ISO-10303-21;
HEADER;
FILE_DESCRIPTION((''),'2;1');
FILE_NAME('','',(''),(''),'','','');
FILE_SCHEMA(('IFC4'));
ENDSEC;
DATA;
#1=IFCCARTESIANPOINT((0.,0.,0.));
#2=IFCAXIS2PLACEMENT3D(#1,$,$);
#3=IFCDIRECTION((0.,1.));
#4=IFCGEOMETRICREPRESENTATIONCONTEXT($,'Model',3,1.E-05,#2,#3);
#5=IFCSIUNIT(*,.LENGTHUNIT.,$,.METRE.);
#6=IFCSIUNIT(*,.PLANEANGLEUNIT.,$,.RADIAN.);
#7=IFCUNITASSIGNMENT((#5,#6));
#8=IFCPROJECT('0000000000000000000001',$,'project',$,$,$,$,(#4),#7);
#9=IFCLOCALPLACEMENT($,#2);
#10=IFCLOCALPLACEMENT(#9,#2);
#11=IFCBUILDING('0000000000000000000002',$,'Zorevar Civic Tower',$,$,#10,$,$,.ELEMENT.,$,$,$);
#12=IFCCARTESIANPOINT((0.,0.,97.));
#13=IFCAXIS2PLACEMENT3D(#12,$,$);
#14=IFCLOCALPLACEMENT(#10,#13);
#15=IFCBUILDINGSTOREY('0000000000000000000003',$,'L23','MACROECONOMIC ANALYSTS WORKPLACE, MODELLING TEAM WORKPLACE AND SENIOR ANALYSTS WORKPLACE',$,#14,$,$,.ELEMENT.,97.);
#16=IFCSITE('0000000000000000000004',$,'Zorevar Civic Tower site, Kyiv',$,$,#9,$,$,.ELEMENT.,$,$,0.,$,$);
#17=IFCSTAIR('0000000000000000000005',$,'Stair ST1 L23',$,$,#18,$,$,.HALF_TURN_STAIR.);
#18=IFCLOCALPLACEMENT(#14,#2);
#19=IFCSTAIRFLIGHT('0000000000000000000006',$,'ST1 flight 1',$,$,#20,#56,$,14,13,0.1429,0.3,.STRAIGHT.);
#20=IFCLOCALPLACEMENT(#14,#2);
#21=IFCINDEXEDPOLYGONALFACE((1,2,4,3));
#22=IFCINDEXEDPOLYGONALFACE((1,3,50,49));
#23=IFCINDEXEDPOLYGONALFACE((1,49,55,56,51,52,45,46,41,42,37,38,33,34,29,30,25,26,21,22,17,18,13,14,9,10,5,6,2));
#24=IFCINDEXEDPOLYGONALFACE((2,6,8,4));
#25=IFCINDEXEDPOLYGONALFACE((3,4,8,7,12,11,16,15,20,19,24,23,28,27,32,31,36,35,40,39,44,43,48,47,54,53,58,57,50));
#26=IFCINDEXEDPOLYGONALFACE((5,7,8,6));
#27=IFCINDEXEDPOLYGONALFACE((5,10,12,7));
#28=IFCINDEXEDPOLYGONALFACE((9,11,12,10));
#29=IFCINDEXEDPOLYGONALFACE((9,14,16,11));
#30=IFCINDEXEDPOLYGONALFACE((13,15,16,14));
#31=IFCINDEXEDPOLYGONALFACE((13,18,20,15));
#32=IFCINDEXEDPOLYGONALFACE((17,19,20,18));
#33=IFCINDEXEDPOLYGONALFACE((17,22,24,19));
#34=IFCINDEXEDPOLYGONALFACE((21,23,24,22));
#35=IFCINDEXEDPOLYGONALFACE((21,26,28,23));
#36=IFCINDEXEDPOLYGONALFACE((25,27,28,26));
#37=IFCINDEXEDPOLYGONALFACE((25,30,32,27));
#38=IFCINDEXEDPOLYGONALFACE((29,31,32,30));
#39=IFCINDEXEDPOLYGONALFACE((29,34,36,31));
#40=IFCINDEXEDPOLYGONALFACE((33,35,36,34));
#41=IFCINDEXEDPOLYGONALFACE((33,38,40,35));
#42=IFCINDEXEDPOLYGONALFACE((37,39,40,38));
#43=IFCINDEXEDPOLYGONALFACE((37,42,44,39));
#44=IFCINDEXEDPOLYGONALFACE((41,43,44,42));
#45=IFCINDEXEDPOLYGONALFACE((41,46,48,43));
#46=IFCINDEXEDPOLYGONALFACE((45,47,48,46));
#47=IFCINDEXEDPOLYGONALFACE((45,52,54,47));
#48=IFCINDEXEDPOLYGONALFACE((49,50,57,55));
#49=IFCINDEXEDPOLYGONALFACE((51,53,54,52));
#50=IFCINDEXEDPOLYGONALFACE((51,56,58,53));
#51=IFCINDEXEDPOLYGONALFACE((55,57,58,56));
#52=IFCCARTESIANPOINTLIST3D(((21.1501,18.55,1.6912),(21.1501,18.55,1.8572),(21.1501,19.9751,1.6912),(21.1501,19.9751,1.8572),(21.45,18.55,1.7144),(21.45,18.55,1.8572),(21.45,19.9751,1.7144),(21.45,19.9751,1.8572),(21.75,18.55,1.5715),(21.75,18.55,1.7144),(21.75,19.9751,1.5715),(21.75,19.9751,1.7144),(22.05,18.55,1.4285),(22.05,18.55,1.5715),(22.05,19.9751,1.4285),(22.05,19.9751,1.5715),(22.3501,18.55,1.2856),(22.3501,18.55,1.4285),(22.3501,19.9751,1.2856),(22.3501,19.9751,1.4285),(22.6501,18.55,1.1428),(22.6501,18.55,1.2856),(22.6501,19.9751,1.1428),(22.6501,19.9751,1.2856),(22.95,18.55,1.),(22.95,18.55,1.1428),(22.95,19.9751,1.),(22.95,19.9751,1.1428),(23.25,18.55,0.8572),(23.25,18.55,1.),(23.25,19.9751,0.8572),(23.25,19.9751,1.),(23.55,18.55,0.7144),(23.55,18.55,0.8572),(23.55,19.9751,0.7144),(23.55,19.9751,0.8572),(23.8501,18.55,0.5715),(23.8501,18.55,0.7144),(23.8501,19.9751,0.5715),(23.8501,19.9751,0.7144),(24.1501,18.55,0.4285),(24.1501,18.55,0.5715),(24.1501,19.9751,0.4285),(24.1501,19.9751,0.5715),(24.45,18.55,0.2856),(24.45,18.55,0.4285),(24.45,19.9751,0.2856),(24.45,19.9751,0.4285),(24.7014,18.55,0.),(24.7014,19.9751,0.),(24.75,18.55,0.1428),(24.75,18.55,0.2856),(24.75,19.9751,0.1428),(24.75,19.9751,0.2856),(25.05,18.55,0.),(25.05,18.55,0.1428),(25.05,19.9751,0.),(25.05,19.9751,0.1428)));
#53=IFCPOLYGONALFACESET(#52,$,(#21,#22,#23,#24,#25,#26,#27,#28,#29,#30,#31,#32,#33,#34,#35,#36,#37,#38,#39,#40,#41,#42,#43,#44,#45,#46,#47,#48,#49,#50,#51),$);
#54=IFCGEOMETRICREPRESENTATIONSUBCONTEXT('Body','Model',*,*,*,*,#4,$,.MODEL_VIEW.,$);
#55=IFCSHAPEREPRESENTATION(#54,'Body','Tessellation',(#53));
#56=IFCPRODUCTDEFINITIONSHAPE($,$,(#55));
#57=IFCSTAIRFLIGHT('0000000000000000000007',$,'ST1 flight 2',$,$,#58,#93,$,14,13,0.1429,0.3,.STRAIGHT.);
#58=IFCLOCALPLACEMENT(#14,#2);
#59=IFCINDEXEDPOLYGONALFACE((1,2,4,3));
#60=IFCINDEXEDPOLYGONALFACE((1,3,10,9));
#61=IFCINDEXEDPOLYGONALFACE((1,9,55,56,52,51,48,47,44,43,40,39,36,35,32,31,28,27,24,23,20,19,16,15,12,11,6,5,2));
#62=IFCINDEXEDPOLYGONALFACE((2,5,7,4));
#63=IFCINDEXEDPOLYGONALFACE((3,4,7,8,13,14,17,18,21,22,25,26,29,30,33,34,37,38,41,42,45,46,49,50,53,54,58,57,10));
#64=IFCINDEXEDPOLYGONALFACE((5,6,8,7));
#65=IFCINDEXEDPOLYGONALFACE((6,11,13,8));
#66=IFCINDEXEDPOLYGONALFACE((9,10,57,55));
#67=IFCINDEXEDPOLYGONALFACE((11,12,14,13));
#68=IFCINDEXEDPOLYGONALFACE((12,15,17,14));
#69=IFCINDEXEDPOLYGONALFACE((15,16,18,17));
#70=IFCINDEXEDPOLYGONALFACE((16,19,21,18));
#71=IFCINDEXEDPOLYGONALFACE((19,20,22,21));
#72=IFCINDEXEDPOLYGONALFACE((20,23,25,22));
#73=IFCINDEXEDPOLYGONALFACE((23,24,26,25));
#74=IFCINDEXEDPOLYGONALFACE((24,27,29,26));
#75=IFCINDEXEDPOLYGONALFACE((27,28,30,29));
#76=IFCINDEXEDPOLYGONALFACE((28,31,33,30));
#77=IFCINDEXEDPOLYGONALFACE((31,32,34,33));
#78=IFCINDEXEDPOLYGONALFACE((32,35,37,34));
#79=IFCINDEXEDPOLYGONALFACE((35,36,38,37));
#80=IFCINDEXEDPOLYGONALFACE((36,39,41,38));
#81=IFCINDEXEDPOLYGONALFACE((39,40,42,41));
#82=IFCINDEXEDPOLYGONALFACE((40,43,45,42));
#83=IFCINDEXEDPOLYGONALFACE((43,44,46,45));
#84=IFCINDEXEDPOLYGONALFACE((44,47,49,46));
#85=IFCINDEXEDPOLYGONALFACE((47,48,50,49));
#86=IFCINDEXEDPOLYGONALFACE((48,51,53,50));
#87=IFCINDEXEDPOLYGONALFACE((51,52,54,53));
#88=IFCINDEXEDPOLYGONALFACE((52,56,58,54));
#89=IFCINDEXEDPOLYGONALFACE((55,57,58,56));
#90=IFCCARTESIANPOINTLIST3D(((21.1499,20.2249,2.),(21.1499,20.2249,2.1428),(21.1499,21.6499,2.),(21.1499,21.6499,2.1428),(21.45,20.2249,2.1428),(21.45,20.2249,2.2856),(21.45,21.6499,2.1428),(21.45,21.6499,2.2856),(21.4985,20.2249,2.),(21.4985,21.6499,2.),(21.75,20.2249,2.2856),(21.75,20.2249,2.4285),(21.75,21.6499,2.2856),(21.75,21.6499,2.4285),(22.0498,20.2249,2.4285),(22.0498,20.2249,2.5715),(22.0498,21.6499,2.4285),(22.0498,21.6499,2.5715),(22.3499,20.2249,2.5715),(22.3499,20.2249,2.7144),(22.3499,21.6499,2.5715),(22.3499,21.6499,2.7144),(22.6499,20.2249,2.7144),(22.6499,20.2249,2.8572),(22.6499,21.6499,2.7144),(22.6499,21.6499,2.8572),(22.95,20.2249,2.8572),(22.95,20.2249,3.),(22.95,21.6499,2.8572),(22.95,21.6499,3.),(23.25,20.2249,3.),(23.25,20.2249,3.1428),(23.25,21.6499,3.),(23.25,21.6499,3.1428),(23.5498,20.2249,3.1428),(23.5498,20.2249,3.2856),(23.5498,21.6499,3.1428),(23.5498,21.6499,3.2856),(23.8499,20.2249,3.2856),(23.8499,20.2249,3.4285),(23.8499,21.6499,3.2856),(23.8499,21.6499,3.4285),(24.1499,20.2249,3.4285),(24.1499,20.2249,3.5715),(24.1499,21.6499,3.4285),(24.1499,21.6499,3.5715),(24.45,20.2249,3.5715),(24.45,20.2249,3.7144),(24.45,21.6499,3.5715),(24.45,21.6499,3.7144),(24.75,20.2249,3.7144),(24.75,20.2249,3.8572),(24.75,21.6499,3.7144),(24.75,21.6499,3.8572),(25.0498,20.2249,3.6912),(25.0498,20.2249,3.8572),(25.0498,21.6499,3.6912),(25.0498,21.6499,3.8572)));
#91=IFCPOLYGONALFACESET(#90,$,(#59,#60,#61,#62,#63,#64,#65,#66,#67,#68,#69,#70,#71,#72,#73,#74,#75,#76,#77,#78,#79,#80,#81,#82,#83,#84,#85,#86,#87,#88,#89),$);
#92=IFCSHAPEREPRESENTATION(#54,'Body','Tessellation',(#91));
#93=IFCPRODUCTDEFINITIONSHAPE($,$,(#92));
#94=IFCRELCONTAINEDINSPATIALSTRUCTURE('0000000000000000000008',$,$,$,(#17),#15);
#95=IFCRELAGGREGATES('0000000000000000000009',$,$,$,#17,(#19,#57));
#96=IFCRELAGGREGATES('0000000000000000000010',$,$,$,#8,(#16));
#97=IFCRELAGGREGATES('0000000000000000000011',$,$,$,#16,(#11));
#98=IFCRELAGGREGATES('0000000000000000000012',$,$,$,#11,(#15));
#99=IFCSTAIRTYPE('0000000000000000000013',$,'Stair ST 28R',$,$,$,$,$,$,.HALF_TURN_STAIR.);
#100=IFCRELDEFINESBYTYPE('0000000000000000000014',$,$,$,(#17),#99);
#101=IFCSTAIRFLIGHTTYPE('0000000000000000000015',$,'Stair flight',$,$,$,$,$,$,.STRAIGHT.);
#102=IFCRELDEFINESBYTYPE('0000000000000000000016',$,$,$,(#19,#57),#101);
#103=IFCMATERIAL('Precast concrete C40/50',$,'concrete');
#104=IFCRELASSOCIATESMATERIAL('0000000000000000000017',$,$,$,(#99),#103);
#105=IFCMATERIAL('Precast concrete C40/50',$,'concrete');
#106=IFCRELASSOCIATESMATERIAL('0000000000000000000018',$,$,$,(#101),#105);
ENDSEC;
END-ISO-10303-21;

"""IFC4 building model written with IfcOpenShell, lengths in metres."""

from ifc_helpers import new_model, si_unit, direction, frame, origin, place, context, subcontext, project, spatial, polyline, outline, extrude, material, type_object, element, aggregate, save


model = new_model("IFC4")

# Units and contexts
model_context = context("Model", 3, precision=1e-05, world=origin(), true_north=direction((0.0, 1.0)))
body_context = subcontext(model_context, "Body", "Model", "MODEL_VIEW")
ifc_project = project(units=[si_unit("LENGTHUNIT", "METRE"), si_unit("PLANEANGLEUNIT", "RADIAN")], contexts=[model_context])

# Site, building, storey
site_placement = place(None, origin())
site = spatial("IfcSite", under=ifc_project, at=site_placement, Name="Zorevar Civic Tower site, Kyiv", CompositionType="ELEMENT", RefElevation=0.0)
building_placement = place(site_placement, origin())
building = spatial("IfcBuilding", under=site, at=building_placement, Name="Zorevar Civic Tower", CompositionType="ELEMENT")
storey_placement = place(building_placement, frame((0.0, 0.0, 97.0)))
storey = spatial("IfcBuildingStorey", under=building, at=storey_placement, Name="L23", Description="MACROECONOMIC ANALYSTS WORKPLACE, MODELLING TEAM WORKPLACE AND SENIOR ANALYSTS WORKPLACE", CompositionType="ELEMENT", Elevation=97.0)

# Stair, stair flights
ifc_material_1 = material(Name="Precast concrete C40/50", Category="concrete")
stair_type = type_object("IfcStairType", Name="Stair ST 28R", PredefinedType="HALF_TURN_STAIR", material=ifc_material_1)
stair_placement = place(storey_placement, origin())
stair = element("IfcStair", 1, at=stair_placement, inside=storey, type_object=stair_type, Name="Stair ST1 L23", PredefinedType="HALF_TURN_STAIR")
ifc_material_2 = material(Name="Precast concrete C40/50", Category="concrete")
stair_flight_type = type_object("IfcStairFlightType", Name="Stair flight", PredefinedType="STRAIGHT", material=ifc_material_2)
stair_flight_1_placement = place(storey_placement, frame((25.05, 19.2625, 0.0), z_axis=(0.0, 0.0, 1.0), x_axis=(-1.0, 0.0, 0.0)))
stair_flight_1 = element("IfcStairFlight", 2, at=stair_flight_1_placement, type_object=stair_flight_type, Name="ST1 flight 1", NumberOfRisers=14, NumberOfTreads=13, PredefinedType="STRAIGHT", RiserHeight=0.1429, TreadLength=0.3, context=body_context, shape_type="SweptSolid", body=[
    extrude(outline(polyline([(0.0, 0.0), (0.0, 0.1428), (0.3, 0.1428), (0.3, 0.2856), (0.6001, 0.2856), (0.6001, 0.4285), (0.8999, 0.4285), (0.8999, 0.5715), (1.2, 0.5715), (1.2, 0.7144), (1.5, 0.7144), (1.5, 0.8572), (1.8, 0.8572), (1.8, 1.0), (2.1001, 1.0), (2.1001, 1.1428), (2.3999, 1.1428), (2.3999, 1.2856), (2.7, 1.2856), (2.7, 1.4285), (3.0, 1.4285), (3.0, 1.5715), (3.3, 1.5715), (3.3, 1.7144), (3.6001, 1.7144), (3.6001, 1.8572), (3.8999, 1.8572), (3.8999, 2.0), (3.8999, 1.6912), (0.3486, 0.0), (0.0, 0.0)])), frame((0.0, 0.7124, 0.0), z_axis=(0.0, -1.0, 0.0), x_axis=(1.0, 0.0, 0.0)), (0.0, 0.0, 1.0), 1.425),
])
stair_flight_2_placement = place(storey_placement, frame((21.1499, 20.9375, 2.0), z_axis=(0.0, 0.0, 1.0), x_axis=(1.0, 0.0, 0.0)))
stair_flight_2 = element("IfcStairFlight", 3, at=stair_flight_2_placement, type_object=stair_flight_type, Name="ST1 flight 2", NumberOfRisers=14, NumberOfTreads=13, PredefinedType="STRAIGHT", RiserHeight=0.1429, TreadLength=0.3, context=body_context, shape_type="SweptSolid", body=[
    extrude(outline(polyline([(0.0, 0.0), (0.0, 0.1428), (0.3, 0.1428), (0.3, 0.2856), (0.6001, 0.2856), (0.6001, 0.4285), (0.8999, 0.4285), (0.8999, 0.5715), (1.2, 0.5715), (1.2, 0.7144), (1.5, 0.7144), (1.5, 0.8572), (1.8, 0.8572), (1.8, 1.0), (2.1001, 1.0), (2.1001, 1.1428), (2.3999, 1.1428), (2.3999, 1.2856), (2.7, 1.2856), (2.7, 1.4285), (3.0, 1.4285), (3.0, 1.5715), (3.3, 1.5715), (3.3, 1.7144), (3.6001, 1.7144), (3.6001, 1.8572), (3.8999, 1.8572), (3.8999, 2.0), (3.8999, 1.6912), (0.3486, 0.0), (0.0, 0.0)])), frame((0.0, 0.7124, 0.0), z_axis=(0.0, -1.0, 0.0), x_axis=(1.0, 0.0, 0.0)), (0.0, 0.0, 1.0), 1.425),
])
aggregate(stair, [stair_flight_1, stair_flight_2])

save(model, "model.ifc")
